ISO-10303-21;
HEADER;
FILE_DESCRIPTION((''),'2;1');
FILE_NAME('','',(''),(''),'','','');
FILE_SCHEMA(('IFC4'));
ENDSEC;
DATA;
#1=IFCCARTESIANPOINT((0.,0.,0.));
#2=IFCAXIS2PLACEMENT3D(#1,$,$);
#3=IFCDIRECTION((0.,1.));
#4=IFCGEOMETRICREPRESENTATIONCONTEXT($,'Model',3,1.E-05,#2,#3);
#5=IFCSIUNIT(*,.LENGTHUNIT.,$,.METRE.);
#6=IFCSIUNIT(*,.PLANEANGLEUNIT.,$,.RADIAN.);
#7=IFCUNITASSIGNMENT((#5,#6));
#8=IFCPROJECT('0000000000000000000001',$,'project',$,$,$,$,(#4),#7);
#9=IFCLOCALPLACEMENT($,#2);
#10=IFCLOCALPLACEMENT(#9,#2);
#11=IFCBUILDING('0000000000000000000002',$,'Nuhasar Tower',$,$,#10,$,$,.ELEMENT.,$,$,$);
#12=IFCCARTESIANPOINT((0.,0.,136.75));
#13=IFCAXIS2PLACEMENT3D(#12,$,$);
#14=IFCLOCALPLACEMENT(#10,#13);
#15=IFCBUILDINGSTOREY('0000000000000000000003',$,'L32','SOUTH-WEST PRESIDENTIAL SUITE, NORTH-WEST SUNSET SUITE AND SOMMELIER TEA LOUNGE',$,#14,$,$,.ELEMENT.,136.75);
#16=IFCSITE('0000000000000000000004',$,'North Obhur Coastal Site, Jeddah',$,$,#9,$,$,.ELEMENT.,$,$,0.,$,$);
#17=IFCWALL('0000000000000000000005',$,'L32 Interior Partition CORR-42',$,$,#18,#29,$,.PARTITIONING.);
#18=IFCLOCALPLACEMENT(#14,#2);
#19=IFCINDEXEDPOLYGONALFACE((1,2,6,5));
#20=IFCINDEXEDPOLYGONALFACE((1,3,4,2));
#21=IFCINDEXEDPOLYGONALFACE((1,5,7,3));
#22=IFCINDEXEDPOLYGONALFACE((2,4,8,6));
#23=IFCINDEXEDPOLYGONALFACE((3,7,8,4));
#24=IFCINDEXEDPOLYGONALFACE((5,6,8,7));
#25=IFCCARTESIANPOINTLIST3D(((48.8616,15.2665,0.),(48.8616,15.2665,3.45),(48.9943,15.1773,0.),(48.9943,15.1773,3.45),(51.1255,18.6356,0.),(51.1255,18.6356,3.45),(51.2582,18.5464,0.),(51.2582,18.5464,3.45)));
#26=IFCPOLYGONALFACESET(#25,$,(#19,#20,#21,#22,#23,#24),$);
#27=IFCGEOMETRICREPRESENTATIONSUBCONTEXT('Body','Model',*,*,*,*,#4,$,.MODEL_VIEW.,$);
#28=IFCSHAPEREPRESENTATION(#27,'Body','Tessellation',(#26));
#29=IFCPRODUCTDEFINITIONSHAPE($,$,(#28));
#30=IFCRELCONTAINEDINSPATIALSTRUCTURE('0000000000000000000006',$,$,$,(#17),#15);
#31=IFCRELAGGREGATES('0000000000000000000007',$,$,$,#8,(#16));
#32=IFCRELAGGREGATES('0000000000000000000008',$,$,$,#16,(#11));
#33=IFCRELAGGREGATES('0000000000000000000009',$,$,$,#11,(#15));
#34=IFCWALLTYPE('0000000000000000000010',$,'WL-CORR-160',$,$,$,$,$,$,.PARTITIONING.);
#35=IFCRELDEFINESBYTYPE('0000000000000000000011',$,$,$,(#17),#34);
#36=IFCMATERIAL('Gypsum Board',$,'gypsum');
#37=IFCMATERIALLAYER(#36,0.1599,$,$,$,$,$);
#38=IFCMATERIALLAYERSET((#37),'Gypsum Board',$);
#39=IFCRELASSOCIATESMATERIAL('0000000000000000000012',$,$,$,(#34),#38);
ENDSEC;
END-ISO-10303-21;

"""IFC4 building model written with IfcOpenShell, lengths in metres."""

from ifc_helpers import new_model, si_unit, direction, frame, frame_2d, origin, place, context, subcontext, project, spatial, rectangle, extrude, material, layer, layer_set, type_object, element, save


model = new_model("IFC4")

# Units and contexts
model_context = context("Model", 3, precision=1e-05, world=origin(), true_north=direction((0.0, 1.0)))
body_context = subcontext(model_context, "Body", "Model", "MODEL_VIEW")
ifc_project = project(units=[si_unit("LENGTHUNIT", "METRE"), si_unit("PLANEANGLEUNIT", "RADIAN")], contexts=[model_context])

# Site, building, storey
site_placement = place(None, origin())
site = spatial("IfcSite", under=ifc_project, at=site_placement, Name="North Obhur Coastal Site, Jeddah", CompositionType="ELEMENT", RefElevation=0.0)
building_placement = place(site_placement, origin())
building = spatial("IfcBuilding", under=site, at=building_placement, Name="Nuhasar Tower", CompositionType="ELEMENT")
storey_placement = place(building_placement, frame((0.0, 0.0, 136.75)))
storey = spatial("IfcBuildingStorey", under=building, at=storey_placement, Name="L32", Description="SOUTH-WEST PRESIDENTIAL SUITE, NORTH-WEST SUNSET SUITE AND SOMMELIER TEA LOUNGE", CompositionType="ELEMENT", Elevation=136.75)

# Shared definitions
ifc_material_1 = material(Name="Gypsum Board", Category="gypsum")
ifc_layer_1 = layer(ifc_material_1, 0.1599)
ifc_layer_set_1 = layer_set([ifc_layer_1], Name="Gypsum Board")
wall_type = type_object("IfcWallType", Name="WL-CORR-160", PredefinedType="PARTITIONING", material=ifc_layer_set_1)

# Wall
wall_1_placement = place(storey_placement, frame((48.928, 15.2219, 0.0), z_axis=(0.0, 0.0, 1.0), x_axis=(0.557736, 0.830018, 0.0)))
element("IfcWall", 1, at=wall_1_placement, inside=storey, type_object=wall_type, Name="L32 Interior Partition CORR-42", PredefinedType="PARTITIONING", context=body_context, shape_type="SweptSolid", body=[
    extrude(rectangle(XDim=4.0591, YDim=0.1599, at=frame_2d((2.0295, 0.0))), origin(), (0.0, 0.0, 1.0), 3.45),
])

save(model, "model.ifc")
